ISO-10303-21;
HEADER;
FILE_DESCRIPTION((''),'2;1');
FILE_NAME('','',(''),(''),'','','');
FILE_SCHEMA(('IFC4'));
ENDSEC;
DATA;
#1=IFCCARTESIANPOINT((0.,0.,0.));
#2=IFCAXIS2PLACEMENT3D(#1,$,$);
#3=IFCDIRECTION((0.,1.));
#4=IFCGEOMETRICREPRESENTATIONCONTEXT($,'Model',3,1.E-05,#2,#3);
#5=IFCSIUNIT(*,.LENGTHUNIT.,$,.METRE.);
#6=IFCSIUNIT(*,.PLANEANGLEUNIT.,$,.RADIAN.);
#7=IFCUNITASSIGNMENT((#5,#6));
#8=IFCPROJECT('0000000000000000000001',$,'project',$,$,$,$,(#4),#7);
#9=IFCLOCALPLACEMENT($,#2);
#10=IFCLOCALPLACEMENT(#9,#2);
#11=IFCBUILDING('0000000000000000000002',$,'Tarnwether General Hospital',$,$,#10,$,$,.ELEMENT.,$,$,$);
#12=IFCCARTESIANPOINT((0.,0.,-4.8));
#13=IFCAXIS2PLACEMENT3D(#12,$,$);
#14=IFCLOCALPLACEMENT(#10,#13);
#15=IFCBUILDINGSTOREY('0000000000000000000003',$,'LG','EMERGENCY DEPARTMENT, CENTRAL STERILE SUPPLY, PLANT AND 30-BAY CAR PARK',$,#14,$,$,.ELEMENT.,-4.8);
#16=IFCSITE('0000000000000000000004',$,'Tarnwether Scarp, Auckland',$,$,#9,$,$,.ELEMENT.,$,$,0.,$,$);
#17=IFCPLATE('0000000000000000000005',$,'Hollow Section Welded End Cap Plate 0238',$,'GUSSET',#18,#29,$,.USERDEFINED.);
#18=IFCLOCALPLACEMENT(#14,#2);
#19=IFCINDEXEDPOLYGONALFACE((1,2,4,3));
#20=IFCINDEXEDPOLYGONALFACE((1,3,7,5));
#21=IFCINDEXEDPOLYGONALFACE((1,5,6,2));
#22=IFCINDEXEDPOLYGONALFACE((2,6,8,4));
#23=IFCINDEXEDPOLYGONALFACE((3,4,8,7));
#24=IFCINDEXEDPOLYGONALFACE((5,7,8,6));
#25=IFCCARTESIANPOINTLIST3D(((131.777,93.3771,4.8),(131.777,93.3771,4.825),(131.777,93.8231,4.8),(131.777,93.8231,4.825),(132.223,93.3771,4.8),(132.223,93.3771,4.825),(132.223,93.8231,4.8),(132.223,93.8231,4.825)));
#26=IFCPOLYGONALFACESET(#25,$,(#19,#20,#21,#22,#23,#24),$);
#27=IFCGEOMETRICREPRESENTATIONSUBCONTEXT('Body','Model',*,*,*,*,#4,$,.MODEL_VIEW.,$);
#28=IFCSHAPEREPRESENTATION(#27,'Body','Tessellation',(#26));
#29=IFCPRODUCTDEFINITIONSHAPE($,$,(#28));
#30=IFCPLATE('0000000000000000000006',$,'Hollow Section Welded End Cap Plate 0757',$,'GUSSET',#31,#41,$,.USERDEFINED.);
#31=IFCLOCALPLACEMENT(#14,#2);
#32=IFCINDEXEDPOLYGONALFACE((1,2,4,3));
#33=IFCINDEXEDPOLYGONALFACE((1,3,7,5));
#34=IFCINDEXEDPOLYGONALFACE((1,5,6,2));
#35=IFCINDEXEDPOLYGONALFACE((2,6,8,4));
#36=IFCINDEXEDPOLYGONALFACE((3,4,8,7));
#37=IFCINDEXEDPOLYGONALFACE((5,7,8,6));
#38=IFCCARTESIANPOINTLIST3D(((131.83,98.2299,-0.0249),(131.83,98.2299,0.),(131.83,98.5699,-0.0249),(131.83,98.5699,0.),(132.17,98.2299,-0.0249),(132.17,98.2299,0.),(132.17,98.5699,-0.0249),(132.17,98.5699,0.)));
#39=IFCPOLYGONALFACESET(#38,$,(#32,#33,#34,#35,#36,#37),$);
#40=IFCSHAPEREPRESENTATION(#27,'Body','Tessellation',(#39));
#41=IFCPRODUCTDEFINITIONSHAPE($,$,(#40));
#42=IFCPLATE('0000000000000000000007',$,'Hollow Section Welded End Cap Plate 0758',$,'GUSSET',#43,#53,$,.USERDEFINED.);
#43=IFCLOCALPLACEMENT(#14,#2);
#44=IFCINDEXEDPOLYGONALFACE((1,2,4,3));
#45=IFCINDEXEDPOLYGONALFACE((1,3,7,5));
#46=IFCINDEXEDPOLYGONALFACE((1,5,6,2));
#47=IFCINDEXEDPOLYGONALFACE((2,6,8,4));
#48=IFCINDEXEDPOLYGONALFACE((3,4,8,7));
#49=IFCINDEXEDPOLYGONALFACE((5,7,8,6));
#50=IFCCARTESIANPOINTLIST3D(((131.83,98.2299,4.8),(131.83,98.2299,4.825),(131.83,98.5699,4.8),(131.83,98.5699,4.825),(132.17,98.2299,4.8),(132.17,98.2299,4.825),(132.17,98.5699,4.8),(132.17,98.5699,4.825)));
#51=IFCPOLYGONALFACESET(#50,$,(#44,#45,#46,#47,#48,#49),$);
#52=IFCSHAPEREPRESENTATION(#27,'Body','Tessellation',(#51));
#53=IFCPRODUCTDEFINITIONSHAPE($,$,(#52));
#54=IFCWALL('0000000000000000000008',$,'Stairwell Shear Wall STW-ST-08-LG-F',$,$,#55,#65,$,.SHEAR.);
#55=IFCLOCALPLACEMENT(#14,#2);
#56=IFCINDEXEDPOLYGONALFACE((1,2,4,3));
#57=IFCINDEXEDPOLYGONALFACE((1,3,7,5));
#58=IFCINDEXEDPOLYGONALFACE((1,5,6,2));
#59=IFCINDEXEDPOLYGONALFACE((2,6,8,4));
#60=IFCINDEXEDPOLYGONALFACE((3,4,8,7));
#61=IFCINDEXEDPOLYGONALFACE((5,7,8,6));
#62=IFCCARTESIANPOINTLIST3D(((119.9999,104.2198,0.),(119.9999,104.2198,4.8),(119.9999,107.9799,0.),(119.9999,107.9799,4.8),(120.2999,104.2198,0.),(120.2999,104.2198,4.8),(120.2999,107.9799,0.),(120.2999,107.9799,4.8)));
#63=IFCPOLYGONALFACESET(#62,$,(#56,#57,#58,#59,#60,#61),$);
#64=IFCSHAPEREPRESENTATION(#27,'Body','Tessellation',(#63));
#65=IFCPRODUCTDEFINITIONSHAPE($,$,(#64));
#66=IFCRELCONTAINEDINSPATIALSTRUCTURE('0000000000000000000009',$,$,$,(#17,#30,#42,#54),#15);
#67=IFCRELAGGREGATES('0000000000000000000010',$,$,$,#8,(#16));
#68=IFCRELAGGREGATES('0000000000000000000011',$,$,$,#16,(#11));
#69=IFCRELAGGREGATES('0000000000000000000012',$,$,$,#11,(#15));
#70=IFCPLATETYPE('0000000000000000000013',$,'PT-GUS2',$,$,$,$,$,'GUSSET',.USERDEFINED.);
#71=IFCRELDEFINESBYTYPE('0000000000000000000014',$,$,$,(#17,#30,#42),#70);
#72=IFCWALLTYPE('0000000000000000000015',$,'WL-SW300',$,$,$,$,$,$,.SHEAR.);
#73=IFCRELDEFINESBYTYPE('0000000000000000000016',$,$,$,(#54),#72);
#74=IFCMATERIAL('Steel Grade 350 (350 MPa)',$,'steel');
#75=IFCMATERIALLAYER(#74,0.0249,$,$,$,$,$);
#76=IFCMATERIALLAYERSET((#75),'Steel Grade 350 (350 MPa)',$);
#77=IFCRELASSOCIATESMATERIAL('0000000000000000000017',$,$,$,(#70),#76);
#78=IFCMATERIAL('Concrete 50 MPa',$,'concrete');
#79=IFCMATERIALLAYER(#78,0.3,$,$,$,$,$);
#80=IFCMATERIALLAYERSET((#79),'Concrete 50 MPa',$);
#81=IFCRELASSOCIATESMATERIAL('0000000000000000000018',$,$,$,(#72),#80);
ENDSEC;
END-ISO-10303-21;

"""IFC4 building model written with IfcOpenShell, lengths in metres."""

from ifc_helpers import new_model, si_unit, direction, frame, frame_2d, origin, origin_2d, place, context, subcontext, project, spatial, rectangle, extrude, material, layer, layer_set, type_object, element, save


model = new_model("IFC4")

# Units and contexts
model_context = context("Model", 3, precision=1e-05, world=origin(), true_north=direction((0.0, 1.0)))
body_context = subcontext(model_context, "Body", "Model", "MODEL_VIEW")
ifc_project = project(units=[si_unit("LENGTHUNIT", "METRE"), si_unit("PLANEANGLEUNIT", "RADIAN")], contexts=[model_context])

# Site, building, storey
site_placement = place(None, origin())
site = spatial("IfcSite", under=ifc_project, at=site_placement, Name="Tarnwether Scarp, Auckland", CompositionType="ELEMENT", RefElevation=0.0)
building_placement = place(site_placement, origin())
building = spatial("IfcBuilding", under=site, at=building_placement, Name="Tarnwether General Hospital", CompositionType="ELEMENT")
storey_placement = place(building_placement, frame((0.0, 0.0, -4.8)))
storey = spatial("IfcBuildingStorey", under=building, at=storey_placement, Name="LG", Description="EMERGENCY DEPARTMENT, CENTRAL STERILE SUPPLY, PLANT AND 30-BAY CAR PARK", CompositionType="ELEMENT", Elevation=-4.8)

# Plates
ifc_material_1 = material(Name="Steel Grade 350 (350 MPa)", Category="steel")
ifc_layer_1 = layer(ifc_material_1, 0.0249)
ifc_layer_set_1 = layer_set([ifc_layer_1], Name="Steel Grade 350 (350 MPa)")
plate_type = type_object("IfcPlateType", Name="PT-GUS2", ElementType="GUSSET", PredefinedType="USERDEFINED", material=ifc_layer_set_1)
for number, where, z_axis, x_axis, name in (
    (1, (132.0, 93.6001, 4.8), (0.0, 0.0, 1.0), (1.0, 0.0, 0.0), "Hollow Section Welded End Cap Plate 0238"),
):
    element("IfcPlate", number, at=place(storey_placement, frame(where, z_axis=z_axis, x_axis=x_axis)), inside=storey, type_object=plate_type, Name=name, ObjectType="GUSSET", PredefinedType="USERDEFINED", context=body_context, shape_type="SweptSolid", body=[
        extrude(rectangle(XDim=0.446, YDim=0.446, at=origin_2d()), origin(), (0.0, 0.0, 1.0), 0.0249),
    ])
for number, where, z_axis, x_axis, name in (
    (2, (132.0, 98.3999, -0.0249), (0.0, 0.0, 1.0), (1.0, 0.0, 0.0), "Hollow Section Welded End Cap Plate 0757"),
    (3, (132.0, 98.3999, 4.8), (0.0, 0.0, 1.0), (1.0, 0.0, 0.0), "Hollow Section Welded End Cap Plate 0758"),
):
    element("IfcPlate", number, at=place(storey_placement, frame(where, z_axis=z_axis, x_axis=x_axis)), inside=storey, type_object=plate_type, Name=name, ObjectType="GUSSET", PredefinedType="USERDEFINED", context=body_context, shape_type="SweptSolid", body=[
        extrude(rectangle(XDim=0.3401, YDim=0.3401, at=origin_2d()), origin(), (0.0, 0.0, 1.0), 0.0249),
    ])

# Wall
ifc_material_2 = material(Name="Concrete 50 MPa", Category="concrete")
ifc_layer_2 = layer(ifc_material_2, 0.3)
ifc_layer_set_2 = layer_set([ifc_layer_2], Name="Concrete 50 MPa")
wall_type = type_object("IfcWallType", Name="WL-SW300", PredefinedType="SHEAR", material=ifc_layer_set_2)
wall_placement = place(storey_placement, frame((120.1499, 104.22, 0.0), z_axis=(0.0, 0.0, 1.0), x_axis=(0.0, 1.0, 0.0)))
element("IfcWall", 4, at=wall_placement, inside=storey, type_object=wall_type, Name="Stairwell Shear Wall STW-ST-08-LG-F", PredefinedType="SHEAR", context=body_context, shape_type="SweptSolid", body=[
    extrude(rectangle(XDim=3.76, YDim=0.3, at=frame_2d((1.8799, 0.0))), origin(), (0.0, 0.0, 1.0), 4.8),
])

save(model, "model.ifc")
